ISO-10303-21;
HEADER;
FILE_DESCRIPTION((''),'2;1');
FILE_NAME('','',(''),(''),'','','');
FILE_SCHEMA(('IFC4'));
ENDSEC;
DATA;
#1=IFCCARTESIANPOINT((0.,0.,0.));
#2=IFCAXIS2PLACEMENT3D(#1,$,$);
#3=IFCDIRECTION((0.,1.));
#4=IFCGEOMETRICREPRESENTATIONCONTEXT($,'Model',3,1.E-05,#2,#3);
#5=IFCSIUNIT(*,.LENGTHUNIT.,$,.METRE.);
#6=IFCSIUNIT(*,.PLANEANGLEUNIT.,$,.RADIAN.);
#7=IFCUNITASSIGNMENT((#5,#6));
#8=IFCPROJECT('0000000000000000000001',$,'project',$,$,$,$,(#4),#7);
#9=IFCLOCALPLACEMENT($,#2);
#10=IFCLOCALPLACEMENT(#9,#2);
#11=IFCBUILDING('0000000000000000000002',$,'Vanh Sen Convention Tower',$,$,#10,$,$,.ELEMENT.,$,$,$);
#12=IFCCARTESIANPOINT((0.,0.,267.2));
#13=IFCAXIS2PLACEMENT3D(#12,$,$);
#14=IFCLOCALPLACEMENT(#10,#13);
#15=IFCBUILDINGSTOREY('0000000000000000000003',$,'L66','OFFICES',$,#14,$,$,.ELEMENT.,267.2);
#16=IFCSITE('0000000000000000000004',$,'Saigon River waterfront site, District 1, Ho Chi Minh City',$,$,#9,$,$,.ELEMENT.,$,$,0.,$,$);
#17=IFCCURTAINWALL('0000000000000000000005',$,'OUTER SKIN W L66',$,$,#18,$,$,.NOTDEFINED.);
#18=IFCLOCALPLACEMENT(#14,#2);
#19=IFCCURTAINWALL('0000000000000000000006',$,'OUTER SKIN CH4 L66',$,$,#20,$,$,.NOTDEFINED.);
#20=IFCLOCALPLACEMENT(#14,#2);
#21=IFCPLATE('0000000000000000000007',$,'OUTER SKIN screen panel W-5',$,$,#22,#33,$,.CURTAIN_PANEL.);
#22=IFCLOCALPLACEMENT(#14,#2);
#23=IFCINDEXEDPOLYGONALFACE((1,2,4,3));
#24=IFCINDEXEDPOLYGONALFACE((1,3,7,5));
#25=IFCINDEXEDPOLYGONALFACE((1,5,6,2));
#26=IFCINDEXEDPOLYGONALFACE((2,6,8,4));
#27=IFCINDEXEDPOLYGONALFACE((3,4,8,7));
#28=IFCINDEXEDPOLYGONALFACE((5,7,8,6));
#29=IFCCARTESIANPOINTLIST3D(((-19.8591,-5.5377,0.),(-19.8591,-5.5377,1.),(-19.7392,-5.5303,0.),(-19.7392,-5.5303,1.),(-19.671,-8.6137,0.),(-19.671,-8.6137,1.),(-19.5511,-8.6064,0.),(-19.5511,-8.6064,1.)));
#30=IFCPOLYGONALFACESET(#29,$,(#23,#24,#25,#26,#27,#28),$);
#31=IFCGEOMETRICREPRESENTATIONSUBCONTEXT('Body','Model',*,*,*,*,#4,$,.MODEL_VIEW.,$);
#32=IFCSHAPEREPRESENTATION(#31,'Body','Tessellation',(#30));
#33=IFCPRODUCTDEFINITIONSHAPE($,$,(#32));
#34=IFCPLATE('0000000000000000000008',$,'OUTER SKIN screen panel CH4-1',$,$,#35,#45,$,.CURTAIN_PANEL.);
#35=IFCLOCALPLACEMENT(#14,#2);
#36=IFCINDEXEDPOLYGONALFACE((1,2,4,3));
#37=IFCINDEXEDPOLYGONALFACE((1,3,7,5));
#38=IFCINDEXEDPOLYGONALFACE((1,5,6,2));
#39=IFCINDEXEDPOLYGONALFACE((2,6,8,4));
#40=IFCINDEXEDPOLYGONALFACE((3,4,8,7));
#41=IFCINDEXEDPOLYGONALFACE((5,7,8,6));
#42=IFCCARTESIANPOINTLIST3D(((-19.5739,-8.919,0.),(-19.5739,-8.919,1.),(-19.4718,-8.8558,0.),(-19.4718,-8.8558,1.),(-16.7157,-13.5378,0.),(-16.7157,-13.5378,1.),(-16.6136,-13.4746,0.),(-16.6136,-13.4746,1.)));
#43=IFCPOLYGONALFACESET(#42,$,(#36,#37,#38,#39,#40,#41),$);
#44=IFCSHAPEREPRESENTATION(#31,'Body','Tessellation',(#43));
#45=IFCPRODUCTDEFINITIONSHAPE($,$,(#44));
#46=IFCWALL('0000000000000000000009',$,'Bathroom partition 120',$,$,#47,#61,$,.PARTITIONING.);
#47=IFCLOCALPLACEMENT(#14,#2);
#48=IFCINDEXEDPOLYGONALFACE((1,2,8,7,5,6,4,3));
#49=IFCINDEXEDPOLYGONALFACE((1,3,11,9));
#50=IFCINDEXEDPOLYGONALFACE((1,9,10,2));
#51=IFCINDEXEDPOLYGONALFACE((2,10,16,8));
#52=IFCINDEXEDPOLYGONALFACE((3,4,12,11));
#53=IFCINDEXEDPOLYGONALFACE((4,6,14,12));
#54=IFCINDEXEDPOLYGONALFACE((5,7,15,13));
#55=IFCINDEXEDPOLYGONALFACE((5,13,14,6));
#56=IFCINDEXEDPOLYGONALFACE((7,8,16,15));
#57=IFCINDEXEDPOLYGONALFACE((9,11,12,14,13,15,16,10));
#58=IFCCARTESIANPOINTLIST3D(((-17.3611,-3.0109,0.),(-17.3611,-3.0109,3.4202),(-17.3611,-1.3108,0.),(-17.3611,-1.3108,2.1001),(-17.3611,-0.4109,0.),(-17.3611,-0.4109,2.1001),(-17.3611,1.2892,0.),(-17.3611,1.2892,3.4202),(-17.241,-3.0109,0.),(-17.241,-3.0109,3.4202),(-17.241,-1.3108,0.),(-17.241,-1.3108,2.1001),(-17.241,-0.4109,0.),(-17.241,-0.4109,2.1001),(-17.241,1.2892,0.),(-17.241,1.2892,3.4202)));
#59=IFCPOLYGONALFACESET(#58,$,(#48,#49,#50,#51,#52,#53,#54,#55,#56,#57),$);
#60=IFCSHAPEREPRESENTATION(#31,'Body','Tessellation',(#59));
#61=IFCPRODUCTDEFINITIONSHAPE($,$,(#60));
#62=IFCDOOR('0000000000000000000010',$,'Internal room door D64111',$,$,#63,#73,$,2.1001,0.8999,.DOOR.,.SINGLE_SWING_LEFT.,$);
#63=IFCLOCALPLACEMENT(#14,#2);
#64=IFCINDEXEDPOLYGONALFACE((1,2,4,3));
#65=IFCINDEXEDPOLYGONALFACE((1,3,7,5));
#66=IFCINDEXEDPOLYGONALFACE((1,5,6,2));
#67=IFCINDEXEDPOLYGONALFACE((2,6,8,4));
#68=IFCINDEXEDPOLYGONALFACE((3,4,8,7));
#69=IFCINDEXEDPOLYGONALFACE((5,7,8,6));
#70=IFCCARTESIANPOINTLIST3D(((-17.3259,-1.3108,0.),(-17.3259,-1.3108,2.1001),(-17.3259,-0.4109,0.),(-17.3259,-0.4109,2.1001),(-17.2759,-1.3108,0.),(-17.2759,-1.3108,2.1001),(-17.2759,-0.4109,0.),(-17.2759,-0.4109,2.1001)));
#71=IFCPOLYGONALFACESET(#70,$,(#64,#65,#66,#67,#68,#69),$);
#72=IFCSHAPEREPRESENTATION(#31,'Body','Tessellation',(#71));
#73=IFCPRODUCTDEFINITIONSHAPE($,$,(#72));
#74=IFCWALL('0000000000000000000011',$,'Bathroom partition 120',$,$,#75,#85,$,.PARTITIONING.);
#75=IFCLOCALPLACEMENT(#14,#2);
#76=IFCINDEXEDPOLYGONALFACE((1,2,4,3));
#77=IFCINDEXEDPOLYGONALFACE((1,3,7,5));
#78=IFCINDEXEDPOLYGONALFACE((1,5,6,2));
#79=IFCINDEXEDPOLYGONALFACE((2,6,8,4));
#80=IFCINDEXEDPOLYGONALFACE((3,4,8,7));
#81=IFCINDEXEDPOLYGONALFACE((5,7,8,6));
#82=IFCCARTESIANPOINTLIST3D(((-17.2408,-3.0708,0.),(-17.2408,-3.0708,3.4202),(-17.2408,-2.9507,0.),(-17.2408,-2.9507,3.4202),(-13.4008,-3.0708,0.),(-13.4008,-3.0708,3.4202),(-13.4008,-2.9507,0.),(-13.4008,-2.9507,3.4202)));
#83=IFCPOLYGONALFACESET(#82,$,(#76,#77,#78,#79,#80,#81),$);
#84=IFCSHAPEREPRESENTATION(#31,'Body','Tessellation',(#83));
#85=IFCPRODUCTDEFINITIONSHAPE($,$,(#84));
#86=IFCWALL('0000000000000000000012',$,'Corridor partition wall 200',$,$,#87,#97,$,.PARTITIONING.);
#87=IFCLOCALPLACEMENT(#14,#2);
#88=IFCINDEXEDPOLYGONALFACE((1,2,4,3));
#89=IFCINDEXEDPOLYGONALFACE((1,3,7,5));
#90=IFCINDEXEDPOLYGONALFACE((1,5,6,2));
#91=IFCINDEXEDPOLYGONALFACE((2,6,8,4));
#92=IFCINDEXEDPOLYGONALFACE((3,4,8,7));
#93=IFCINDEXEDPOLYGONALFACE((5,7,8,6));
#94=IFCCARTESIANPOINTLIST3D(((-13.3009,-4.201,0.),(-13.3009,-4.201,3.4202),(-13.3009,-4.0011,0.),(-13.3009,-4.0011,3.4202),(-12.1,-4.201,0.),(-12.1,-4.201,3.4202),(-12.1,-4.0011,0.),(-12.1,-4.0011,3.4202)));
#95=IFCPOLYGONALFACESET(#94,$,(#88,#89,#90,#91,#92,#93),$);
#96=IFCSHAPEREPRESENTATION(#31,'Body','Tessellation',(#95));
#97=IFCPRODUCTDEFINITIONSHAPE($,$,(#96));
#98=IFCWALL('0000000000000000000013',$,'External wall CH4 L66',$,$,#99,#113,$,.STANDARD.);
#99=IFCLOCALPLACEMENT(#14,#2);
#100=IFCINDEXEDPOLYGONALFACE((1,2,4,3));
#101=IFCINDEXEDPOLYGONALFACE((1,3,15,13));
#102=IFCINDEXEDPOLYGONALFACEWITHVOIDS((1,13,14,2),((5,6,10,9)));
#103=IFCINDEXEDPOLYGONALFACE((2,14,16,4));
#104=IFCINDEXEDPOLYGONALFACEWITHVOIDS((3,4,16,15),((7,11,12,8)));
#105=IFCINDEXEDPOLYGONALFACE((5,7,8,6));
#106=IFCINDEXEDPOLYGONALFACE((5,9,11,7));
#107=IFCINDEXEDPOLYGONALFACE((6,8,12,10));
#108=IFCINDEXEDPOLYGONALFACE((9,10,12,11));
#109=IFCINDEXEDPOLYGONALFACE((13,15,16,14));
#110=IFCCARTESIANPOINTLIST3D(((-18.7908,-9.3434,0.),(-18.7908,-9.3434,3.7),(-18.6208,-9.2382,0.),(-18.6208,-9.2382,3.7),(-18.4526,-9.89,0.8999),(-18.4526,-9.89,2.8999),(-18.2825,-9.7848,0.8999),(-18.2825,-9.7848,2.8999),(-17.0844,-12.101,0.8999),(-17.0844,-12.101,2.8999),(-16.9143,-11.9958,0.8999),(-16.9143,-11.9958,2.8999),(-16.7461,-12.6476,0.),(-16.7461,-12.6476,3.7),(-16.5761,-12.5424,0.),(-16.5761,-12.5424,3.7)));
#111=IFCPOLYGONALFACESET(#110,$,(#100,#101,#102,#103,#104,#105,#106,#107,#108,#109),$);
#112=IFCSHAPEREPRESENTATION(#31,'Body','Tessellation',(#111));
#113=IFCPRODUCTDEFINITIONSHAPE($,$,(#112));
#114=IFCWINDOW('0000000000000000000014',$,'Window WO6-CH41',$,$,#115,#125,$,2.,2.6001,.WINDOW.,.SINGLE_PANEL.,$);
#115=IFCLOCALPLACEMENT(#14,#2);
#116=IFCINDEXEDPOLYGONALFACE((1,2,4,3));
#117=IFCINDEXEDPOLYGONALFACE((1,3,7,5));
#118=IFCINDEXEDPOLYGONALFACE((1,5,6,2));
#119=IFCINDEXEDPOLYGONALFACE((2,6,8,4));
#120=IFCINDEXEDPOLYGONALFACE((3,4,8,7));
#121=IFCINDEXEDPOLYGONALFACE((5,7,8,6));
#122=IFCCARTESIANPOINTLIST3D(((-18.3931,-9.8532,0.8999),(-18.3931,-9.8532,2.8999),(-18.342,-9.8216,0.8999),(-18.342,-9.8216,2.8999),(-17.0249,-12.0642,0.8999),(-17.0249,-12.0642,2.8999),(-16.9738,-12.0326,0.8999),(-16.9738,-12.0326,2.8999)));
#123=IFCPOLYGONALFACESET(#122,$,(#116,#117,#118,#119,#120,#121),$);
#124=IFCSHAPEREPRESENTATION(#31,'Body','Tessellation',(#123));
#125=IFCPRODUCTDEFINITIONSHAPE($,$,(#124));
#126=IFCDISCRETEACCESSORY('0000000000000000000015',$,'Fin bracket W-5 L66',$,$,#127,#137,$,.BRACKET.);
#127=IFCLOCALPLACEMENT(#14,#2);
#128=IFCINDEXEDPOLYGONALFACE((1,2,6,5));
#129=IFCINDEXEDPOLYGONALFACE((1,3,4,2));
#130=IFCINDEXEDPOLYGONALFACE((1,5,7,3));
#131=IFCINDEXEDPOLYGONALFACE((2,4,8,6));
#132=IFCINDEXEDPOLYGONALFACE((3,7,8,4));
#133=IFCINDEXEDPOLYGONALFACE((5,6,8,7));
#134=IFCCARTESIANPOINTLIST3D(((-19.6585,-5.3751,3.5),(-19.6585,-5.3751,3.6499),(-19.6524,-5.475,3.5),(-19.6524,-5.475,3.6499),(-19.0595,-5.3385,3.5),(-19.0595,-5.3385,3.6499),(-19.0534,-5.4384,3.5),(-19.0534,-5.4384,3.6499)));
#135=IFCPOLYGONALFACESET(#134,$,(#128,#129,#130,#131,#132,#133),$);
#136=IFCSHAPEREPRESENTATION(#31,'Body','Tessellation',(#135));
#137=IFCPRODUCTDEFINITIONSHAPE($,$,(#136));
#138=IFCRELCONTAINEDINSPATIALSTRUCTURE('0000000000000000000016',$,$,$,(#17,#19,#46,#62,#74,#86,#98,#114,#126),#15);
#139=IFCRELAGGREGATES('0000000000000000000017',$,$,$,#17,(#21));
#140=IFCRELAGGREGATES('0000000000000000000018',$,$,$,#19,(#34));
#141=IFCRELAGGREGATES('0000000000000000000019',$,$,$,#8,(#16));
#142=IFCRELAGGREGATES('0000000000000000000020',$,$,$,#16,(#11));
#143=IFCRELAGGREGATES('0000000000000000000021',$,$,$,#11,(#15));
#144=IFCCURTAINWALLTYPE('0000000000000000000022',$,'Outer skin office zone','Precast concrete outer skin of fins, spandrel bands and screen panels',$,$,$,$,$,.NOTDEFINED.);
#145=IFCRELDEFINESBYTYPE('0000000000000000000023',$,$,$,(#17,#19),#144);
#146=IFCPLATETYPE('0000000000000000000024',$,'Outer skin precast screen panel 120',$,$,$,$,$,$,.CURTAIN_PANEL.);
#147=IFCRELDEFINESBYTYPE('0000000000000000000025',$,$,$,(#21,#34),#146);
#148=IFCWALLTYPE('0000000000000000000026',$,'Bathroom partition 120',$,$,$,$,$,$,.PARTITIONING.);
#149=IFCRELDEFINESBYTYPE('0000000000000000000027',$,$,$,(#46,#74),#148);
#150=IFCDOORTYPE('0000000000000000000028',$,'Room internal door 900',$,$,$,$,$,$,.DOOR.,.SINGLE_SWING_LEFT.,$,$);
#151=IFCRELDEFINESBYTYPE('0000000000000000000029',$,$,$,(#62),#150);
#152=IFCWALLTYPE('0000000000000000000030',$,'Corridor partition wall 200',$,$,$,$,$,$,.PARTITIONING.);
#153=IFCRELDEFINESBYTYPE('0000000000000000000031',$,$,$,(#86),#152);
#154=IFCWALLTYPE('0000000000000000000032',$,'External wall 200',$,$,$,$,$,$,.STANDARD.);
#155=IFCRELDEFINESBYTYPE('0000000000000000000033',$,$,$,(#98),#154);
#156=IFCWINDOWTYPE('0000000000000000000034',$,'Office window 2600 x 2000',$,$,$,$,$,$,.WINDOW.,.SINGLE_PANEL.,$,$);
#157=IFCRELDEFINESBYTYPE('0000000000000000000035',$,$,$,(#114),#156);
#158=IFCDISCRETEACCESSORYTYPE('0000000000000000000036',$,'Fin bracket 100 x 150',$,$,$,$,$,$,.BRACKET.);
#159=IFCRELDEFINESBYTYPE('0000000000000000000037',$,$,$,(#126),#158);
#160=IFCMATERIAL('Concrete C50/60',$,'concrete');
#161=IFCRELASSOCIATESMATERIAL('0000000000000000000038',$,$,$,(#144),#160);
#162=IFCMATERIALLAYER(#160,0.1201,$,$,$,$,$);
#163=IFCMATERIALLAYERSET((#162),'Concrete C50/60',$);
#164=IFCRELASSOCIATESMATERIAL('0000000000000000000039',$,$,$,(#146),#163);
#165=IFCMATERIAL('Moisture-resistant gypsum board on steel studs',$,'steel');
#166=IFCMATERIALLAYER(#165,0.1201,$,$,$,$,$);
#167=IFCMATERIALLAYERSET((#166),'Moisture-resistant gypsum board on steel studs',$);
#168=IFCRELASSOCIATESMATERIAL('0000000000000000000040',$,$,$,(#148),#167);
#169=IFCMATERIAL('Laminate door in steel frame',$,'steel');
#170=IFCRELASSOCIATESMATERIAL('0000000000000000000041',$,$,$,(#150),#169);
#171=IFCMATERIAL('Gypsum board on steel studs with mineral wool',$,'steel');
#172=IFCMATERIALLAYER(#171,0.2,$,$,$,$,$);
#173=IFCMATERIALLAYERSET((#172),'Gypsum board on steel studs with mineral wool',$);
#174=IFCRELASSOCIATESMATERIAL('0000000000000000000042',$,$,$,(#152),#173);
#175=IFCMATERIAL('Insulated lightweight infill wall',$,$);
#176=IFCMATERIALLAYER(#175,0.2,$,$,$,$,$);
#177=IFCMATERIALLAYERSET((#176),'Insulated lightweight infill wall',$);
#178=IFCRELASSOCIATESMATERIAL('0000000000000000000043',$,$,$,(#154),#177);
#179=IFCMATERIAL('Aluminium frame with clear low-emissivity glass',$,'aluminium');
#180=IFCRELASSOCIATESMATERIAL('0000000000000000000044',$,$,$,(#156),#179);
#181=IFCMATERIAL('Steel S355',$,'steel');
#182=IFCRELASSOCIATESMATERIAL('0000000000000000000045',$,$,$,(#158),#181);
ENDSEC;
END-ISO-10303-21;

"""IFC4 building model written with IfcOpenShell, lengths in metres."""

from ifc_helpers import new_model, si_unit, direction, frame, frame_2d, origin, origin_2d, place, context, subcontext, project, spatial, rectangle, extrude, material, layer, layer_set, type_object, element, fill, aggregate, save


model = new_model("IFC4")

# Units and contexts
model_context = context("Model", 3, precision=1e-05, world=origin(), true_north=direction((0.0, 1.0)))
body_context = subcontext(model_context, "Body", "Model", "MODEL_VIEW")
ifc_project = project(units=[si_unit("LENGTHUNIT", "METRE"), si_unit("PLANEANGLEUNIT", "RADIAN")], contexts=[model_context])

# Site, building, storey
site_placement = place(None, origin())
site = spatial("IfcSite", under=ifc_project, at=site_placement, Name="Saigon River waterfront site, District 1, Ho Chi Minh City", CompositionType="ELEMENT", RefElevation=0.0)
building_placement = place(site_placement, origin())
building = spatial("IfcBuilding", under=site, at=building_placement, Name="Vanh Sen Convention Tower", CompositionType="ELEMENT")
storey_placement = place(building_placement, frame((0.0, 0.0, 267.2)))
storey = spatial("IfcBuildingStorey", under=building, at=storey_placement, Name="L66", Description="OFFICES", CompositionType="ELEMENT", Elevation=267.2)

# Curtain wall
ifc_material_1 = material(Name="Concrete C50/60", Category="concrete")
curtain_wall_type = type_object("IfcCurtainWallType", Name="Outer skin office zone", Description="Precast concrete outer skin of fins, spandrel bands and screen panels", PredefinedType="NOTDEFINED", material=ifc_material_1)
curtain_wall_1_placement = place(storey_placement, origin())
curtain_wall_1 = element("IfcCurtainWall", 1, at=curtain_wall_1_placement, inside=storey, type_object=curtain_wall_type, Name="OUTER SKIN W L66", PredefinedType="NOTDEFINED")

# Curtain wall
curtain_wall_2_placement = place(storey_placement, origin())
curtain_wall_2 = element("IfcCurtainWall", 2, at=curtain_wall_2_placement, inside=storey, type_object=curtain_wall_type, Name="OUTER SKIN CH4 L66", PredefinedType="NOTDEFINED")

# Plates
ifc_layer_1 = layer(ifc_material_1, 0.1201)
ifc_layer_set_1 = layer_set([ifc_layer_1], Name="Concrete C50/60")
plate_type = type_object("IfcPlateType", Name="Outer skin precast screen panel 120", PredefinedType="CURTAIN_PANEL", material=ifc_layer_set_1)
plate_1_placement = place(storey_placement, frame((-19.7051, -7.072, 0.0), z_axis=(0.0, 0.0, 1.0), x_axis=(0.06105, -0.998135, 0.0)))
plate_1 = element("IfcPlate", 3, at=plate_1_placement, type_object=plate_type, Name="OUTER SKIN screen panel W-5", PredefinedType="CURTAIN_PANEL", context=body_context, shape_type="SweptSolid", body=[
    extrude(rectangle(XDim=3.0818, YDim=0.1201, at=origin_2d()), origin(), (0.0, 0.0, 1.0), 1.0),
])
aggregate(curtain_wall_1, [plate_1])
plate_2_placement = place(storey_placement, frame((-18.0938, -11.1968, 0.0), z_axis=(0.0, 0.0, 1.0), x_axis=(0.526211, -0.850354, 0.0)))
plate_2 = element("IfcPlate", 4, at=plate_2_placement, type_object=plate_type, Name="OUTER SKIN screen panel CH4-1", PredefinedType="CURTAIN_PANEL", context=body_context, shape_type="SweptSolid", body=[
    extrude(rectangle(XDim=5.4316, YDim=0.1201, at=origin_2d()), origin(), (0.0, 0.0, 1.0), 1.0),
])
aggregate(curtain_wall_2, [plate_2])

# Wall, opening, door
ifc_material_2 = material(Name="Moisture-resistant gypsum board on steel studs", Category="steel")
ifc_layer_2 = layer(ifc_material_2, 0.1201)
ifc_layer_set_2 = layer_set([ifc_layer_2], Name="Moisture-resistant gypsum board on steel studs")
wall_type_1 = type_object("IfcWallType", Name="Bathroom partition 120", PredefinedType="PARTITIONING", material=ifc_layer_set_2)
wall_1_placement = place(storey_placement, frame((-17.301, -3.0107, 0.0), z_axis=(0.0, 0.0, 1.0), x_axis=(0.0, 1.0, 0.0)))
wall_1 = element("IfcWall", 5, at=wall_1_placement, inside=storey, type_object=wall_type_1, Name="Bathroom partition 120", PredefinedType="PARTITIONING", context=body_context, shape_type="SweptSolid", body=[
    extrude(rectangle(XDim=4.3, YDim=0.1201, at=frame_2d((2.1499, 0.0))), origin(), (0.0, 0.0, 1.0), 3.4202),
])
opening_1_placement = place(wall_1_placement, frame((1.7, 0.0, 0.0)))
opening_1 = element("IfcOpeningElement", 6, at=opening_1_placement, cuts=wall_1, PredefinedType="OPENING", context=body_context, shape_type="SweptSolid", body=[
    extrude(rectangle(XDim=0.8999, YDim=2.1001, at=frame_2d((0.45, 1.05))), frame((0.0, 0.0701, 0.0), z_axis=(0.0, -1.0, 0.0), x_axis=(1.0, 0.0, 0.0)), (0.0, 0.0, 1.0), 0.1401),
])
ifc_material_3 = material(Name="Laminate door in steel frame", Category="steel")
door_type = type_object("IfcDoorType", Name="Room internal door 900", OperationType="SINGLE_SWING_LEFT", PredefinedType="DOOR", material=ifc_material_3)
door_placement = place(opening_1_placement, origin())
door = element("IfcDoor", 7, at=door_placement, inside=storey, type_object=door_type, Name="Internal room door D64111", OperationType="SINGLE_SWING_LEFT", OverallHeight=2.1001, OverallWidth=0.8999, PredefinedType="DOOR", context=body_context, shape_type="SweptSolid", body=[
    extrude(rectangle(XDim=0.8999, YDim=2.1001, at=frame_2d((0.45, 1.05))), frame((0.0, 0.0249, 0.0), z_axis=(0.0, -1.0, 0.0), x_axis=(1.0, 0.0, 0.0)), (0.0, 0.0, 1.0), 0.05),
])
fill(opening_1, door)

# Walls
wall_2_placement = place(storey_placement, frame((-13.4009, -3.0107, 0.0), z_axis=(0.0, 0.0, 1.0), x_axis=(-1.0, 0.0, 0.0)))
element("IfcWall", 8, at=wall_2_placement, inside=storey, type_object=wall_type_1, Name="Bathroom partition 120", PredefinedType="PARTITIONING", context=body_context, shape_type="SweptSolid", body=[
    extrude(rectangle(XDim=3.8401, YDim=0.1201, at=frame_2d((1.9199, 0.0))), origin(), (0.0, 0.0, 1.0), 3.4202),
])
ifc_material_4 = material(Name="Gypsum board on steel studs with mineral wool", Category="steel")
ifc_layer_3 = layer(ifc_material_4, 0.2)
ifc_layer_set_3 = layer_set([ifc_layer_3], Name="Gypsum board on steel studs with mineral wool")
wall_type_2 = type_object("IfcWallType", Name="Corridor partition wall 200", PredefinedType="PARTITIONING", material=ifc_layer_set_3)
wall_3_placement = place(storey_placement, frame((-13.301, -4.1011, 0.0), z_axis=(0.0, 0.0, 1.0), x_axis=(1.0, 0.0, 0.0)))
element("IfcWall", 9, at=wall_3_placement, inside=storey, type_object=wall_type_2, Name="Corridor partition wall 200", PredefinedType="PARTITIONING", context=body_context, shape_type="SweptSolid", body=[
    extrude(rectangle(XDim=1.2009, YDim=0.2, at=frame_2d((0.6006, 0.0))), origin(), (0.0, 0.0, 1.0), 3.4202),
])

# Wall, opening, window
ifc_material_5 = material(Name="Insulated lightweight infill wall")
ifc_layer_4 = layer(ifc_material_5, 0.2)
ifc_layer_set_4 = layer_set([ifc_layer_4], Name="Insulated lightweight infill wall")
wall_type_3 = type_object("IfcWallType", Name="External wall 200", PredefinedType="STANDARD", material=ifc_layer_set_4)
wall_4_placement = place(storey_placement, frame((-18.7058, -9.2908, 0.0), z_axis=(0.0, 0.0, 1.0), x_axis=(0.52621, -0.850355, 0.0)))
wall_4 = element("IfcWall", 10, at=wall_4_placement, inside=storey, type_object=wall_type_3, Name="External wall CH4 L66", PredefinedType="STANDARD", context=body_context, shape_type="SweptSolid", body=[
    extrude(rectangle(XDim=3.8857, YDim=0.2, at=frame_2d((1.9429, 0.0))), origin(), (0.0, 0.0, 1.0), 3.7),
])
opening_2_placement = place(wall_4_placement, frame((0.6428, 0.0, 0.8999)))
opening_2 = element("IfcOpeningElement", 11, at=opening_2_placement, cuts=wall_4, PredefinedType="OPENING", context=body_context, shape_type="SweptSolid", body=[
    extrude(rectangle(XDim=2.6001, YDim=2.0, at=frame_2d((1.3, 1.0))), frame((0.0, 0.1099, 0.0), z_axis=(0.0, -1.0, 0.0), x_axis=(1.0, 0.0, 0.0)), (0.0, 0.0, 1.0), 0.22),
])
ifc_material_6 = material(Name="Aluminium frame with clear low-emissivity glass", Category="aluminium")
window_type = type_object("IfcWindowType", Name="Office window 2600 x 2000", PartitioningType="SINGLE_PANEL", PredefinedType="WINDOW", material=ifc_material_6)
window_placement = place(opening_2_placement, origin())
window = element("IfcWindow", 12, at=window_placement, inside=storey, type_object=window_type, Name="Window WO6-CH41", OverallHeight=2.0, OverallWidth=2.6001, PartitioningType="SINGLE_PANEL", PredefinedType="WINDOW", context=body_context, shape_type="SweptSolid", body=[
    extrude(rectangle(XDim=2.6001, YDim=2.0, at=frame_2d((1.3, 1.0))), frame((0.0, 0.03, 0.0), z_axis=(0.0, -1.0, 0.0), x_axis=(1.0, 0.0, 0.0)), (0.0, 0.0, 1.0), 0.0601),
])
fill(opening_2, window)

# Discrete accessory
ifc_material_7 = material(Name="Steel S355", Category="steel")
discrete_accessory_type = type_object("IfcDiscreteAccessoryType", Name="Fin bracket 100 x 150", PredefinedType="BRACKET", material=ifc_material_7)
discrete_accessory_placement = place(storey_placement, frame((-19.356, -5.4067, 3.5), z_axis=(0.0, 0.0, 1.0), x_axis=(-0.998135, -0.061049, 0.0)))
element("IfcDiscreteAccessory", 13, at=discrete_accessory_placement, inside=storey, type_object=discrete_accessory_type, Name="Fin bracket W-5 L66", PredefinedType="BRACKET", context=body_context, shape_type="SweptSolid", body=[
    extrude(rectangle(XDim=0.6001, YDim=0.1001, at=origin_2d()), origin(), (0.0, 0.0, 1.0), 0.1499),
])

save(model, "model.ifc")
